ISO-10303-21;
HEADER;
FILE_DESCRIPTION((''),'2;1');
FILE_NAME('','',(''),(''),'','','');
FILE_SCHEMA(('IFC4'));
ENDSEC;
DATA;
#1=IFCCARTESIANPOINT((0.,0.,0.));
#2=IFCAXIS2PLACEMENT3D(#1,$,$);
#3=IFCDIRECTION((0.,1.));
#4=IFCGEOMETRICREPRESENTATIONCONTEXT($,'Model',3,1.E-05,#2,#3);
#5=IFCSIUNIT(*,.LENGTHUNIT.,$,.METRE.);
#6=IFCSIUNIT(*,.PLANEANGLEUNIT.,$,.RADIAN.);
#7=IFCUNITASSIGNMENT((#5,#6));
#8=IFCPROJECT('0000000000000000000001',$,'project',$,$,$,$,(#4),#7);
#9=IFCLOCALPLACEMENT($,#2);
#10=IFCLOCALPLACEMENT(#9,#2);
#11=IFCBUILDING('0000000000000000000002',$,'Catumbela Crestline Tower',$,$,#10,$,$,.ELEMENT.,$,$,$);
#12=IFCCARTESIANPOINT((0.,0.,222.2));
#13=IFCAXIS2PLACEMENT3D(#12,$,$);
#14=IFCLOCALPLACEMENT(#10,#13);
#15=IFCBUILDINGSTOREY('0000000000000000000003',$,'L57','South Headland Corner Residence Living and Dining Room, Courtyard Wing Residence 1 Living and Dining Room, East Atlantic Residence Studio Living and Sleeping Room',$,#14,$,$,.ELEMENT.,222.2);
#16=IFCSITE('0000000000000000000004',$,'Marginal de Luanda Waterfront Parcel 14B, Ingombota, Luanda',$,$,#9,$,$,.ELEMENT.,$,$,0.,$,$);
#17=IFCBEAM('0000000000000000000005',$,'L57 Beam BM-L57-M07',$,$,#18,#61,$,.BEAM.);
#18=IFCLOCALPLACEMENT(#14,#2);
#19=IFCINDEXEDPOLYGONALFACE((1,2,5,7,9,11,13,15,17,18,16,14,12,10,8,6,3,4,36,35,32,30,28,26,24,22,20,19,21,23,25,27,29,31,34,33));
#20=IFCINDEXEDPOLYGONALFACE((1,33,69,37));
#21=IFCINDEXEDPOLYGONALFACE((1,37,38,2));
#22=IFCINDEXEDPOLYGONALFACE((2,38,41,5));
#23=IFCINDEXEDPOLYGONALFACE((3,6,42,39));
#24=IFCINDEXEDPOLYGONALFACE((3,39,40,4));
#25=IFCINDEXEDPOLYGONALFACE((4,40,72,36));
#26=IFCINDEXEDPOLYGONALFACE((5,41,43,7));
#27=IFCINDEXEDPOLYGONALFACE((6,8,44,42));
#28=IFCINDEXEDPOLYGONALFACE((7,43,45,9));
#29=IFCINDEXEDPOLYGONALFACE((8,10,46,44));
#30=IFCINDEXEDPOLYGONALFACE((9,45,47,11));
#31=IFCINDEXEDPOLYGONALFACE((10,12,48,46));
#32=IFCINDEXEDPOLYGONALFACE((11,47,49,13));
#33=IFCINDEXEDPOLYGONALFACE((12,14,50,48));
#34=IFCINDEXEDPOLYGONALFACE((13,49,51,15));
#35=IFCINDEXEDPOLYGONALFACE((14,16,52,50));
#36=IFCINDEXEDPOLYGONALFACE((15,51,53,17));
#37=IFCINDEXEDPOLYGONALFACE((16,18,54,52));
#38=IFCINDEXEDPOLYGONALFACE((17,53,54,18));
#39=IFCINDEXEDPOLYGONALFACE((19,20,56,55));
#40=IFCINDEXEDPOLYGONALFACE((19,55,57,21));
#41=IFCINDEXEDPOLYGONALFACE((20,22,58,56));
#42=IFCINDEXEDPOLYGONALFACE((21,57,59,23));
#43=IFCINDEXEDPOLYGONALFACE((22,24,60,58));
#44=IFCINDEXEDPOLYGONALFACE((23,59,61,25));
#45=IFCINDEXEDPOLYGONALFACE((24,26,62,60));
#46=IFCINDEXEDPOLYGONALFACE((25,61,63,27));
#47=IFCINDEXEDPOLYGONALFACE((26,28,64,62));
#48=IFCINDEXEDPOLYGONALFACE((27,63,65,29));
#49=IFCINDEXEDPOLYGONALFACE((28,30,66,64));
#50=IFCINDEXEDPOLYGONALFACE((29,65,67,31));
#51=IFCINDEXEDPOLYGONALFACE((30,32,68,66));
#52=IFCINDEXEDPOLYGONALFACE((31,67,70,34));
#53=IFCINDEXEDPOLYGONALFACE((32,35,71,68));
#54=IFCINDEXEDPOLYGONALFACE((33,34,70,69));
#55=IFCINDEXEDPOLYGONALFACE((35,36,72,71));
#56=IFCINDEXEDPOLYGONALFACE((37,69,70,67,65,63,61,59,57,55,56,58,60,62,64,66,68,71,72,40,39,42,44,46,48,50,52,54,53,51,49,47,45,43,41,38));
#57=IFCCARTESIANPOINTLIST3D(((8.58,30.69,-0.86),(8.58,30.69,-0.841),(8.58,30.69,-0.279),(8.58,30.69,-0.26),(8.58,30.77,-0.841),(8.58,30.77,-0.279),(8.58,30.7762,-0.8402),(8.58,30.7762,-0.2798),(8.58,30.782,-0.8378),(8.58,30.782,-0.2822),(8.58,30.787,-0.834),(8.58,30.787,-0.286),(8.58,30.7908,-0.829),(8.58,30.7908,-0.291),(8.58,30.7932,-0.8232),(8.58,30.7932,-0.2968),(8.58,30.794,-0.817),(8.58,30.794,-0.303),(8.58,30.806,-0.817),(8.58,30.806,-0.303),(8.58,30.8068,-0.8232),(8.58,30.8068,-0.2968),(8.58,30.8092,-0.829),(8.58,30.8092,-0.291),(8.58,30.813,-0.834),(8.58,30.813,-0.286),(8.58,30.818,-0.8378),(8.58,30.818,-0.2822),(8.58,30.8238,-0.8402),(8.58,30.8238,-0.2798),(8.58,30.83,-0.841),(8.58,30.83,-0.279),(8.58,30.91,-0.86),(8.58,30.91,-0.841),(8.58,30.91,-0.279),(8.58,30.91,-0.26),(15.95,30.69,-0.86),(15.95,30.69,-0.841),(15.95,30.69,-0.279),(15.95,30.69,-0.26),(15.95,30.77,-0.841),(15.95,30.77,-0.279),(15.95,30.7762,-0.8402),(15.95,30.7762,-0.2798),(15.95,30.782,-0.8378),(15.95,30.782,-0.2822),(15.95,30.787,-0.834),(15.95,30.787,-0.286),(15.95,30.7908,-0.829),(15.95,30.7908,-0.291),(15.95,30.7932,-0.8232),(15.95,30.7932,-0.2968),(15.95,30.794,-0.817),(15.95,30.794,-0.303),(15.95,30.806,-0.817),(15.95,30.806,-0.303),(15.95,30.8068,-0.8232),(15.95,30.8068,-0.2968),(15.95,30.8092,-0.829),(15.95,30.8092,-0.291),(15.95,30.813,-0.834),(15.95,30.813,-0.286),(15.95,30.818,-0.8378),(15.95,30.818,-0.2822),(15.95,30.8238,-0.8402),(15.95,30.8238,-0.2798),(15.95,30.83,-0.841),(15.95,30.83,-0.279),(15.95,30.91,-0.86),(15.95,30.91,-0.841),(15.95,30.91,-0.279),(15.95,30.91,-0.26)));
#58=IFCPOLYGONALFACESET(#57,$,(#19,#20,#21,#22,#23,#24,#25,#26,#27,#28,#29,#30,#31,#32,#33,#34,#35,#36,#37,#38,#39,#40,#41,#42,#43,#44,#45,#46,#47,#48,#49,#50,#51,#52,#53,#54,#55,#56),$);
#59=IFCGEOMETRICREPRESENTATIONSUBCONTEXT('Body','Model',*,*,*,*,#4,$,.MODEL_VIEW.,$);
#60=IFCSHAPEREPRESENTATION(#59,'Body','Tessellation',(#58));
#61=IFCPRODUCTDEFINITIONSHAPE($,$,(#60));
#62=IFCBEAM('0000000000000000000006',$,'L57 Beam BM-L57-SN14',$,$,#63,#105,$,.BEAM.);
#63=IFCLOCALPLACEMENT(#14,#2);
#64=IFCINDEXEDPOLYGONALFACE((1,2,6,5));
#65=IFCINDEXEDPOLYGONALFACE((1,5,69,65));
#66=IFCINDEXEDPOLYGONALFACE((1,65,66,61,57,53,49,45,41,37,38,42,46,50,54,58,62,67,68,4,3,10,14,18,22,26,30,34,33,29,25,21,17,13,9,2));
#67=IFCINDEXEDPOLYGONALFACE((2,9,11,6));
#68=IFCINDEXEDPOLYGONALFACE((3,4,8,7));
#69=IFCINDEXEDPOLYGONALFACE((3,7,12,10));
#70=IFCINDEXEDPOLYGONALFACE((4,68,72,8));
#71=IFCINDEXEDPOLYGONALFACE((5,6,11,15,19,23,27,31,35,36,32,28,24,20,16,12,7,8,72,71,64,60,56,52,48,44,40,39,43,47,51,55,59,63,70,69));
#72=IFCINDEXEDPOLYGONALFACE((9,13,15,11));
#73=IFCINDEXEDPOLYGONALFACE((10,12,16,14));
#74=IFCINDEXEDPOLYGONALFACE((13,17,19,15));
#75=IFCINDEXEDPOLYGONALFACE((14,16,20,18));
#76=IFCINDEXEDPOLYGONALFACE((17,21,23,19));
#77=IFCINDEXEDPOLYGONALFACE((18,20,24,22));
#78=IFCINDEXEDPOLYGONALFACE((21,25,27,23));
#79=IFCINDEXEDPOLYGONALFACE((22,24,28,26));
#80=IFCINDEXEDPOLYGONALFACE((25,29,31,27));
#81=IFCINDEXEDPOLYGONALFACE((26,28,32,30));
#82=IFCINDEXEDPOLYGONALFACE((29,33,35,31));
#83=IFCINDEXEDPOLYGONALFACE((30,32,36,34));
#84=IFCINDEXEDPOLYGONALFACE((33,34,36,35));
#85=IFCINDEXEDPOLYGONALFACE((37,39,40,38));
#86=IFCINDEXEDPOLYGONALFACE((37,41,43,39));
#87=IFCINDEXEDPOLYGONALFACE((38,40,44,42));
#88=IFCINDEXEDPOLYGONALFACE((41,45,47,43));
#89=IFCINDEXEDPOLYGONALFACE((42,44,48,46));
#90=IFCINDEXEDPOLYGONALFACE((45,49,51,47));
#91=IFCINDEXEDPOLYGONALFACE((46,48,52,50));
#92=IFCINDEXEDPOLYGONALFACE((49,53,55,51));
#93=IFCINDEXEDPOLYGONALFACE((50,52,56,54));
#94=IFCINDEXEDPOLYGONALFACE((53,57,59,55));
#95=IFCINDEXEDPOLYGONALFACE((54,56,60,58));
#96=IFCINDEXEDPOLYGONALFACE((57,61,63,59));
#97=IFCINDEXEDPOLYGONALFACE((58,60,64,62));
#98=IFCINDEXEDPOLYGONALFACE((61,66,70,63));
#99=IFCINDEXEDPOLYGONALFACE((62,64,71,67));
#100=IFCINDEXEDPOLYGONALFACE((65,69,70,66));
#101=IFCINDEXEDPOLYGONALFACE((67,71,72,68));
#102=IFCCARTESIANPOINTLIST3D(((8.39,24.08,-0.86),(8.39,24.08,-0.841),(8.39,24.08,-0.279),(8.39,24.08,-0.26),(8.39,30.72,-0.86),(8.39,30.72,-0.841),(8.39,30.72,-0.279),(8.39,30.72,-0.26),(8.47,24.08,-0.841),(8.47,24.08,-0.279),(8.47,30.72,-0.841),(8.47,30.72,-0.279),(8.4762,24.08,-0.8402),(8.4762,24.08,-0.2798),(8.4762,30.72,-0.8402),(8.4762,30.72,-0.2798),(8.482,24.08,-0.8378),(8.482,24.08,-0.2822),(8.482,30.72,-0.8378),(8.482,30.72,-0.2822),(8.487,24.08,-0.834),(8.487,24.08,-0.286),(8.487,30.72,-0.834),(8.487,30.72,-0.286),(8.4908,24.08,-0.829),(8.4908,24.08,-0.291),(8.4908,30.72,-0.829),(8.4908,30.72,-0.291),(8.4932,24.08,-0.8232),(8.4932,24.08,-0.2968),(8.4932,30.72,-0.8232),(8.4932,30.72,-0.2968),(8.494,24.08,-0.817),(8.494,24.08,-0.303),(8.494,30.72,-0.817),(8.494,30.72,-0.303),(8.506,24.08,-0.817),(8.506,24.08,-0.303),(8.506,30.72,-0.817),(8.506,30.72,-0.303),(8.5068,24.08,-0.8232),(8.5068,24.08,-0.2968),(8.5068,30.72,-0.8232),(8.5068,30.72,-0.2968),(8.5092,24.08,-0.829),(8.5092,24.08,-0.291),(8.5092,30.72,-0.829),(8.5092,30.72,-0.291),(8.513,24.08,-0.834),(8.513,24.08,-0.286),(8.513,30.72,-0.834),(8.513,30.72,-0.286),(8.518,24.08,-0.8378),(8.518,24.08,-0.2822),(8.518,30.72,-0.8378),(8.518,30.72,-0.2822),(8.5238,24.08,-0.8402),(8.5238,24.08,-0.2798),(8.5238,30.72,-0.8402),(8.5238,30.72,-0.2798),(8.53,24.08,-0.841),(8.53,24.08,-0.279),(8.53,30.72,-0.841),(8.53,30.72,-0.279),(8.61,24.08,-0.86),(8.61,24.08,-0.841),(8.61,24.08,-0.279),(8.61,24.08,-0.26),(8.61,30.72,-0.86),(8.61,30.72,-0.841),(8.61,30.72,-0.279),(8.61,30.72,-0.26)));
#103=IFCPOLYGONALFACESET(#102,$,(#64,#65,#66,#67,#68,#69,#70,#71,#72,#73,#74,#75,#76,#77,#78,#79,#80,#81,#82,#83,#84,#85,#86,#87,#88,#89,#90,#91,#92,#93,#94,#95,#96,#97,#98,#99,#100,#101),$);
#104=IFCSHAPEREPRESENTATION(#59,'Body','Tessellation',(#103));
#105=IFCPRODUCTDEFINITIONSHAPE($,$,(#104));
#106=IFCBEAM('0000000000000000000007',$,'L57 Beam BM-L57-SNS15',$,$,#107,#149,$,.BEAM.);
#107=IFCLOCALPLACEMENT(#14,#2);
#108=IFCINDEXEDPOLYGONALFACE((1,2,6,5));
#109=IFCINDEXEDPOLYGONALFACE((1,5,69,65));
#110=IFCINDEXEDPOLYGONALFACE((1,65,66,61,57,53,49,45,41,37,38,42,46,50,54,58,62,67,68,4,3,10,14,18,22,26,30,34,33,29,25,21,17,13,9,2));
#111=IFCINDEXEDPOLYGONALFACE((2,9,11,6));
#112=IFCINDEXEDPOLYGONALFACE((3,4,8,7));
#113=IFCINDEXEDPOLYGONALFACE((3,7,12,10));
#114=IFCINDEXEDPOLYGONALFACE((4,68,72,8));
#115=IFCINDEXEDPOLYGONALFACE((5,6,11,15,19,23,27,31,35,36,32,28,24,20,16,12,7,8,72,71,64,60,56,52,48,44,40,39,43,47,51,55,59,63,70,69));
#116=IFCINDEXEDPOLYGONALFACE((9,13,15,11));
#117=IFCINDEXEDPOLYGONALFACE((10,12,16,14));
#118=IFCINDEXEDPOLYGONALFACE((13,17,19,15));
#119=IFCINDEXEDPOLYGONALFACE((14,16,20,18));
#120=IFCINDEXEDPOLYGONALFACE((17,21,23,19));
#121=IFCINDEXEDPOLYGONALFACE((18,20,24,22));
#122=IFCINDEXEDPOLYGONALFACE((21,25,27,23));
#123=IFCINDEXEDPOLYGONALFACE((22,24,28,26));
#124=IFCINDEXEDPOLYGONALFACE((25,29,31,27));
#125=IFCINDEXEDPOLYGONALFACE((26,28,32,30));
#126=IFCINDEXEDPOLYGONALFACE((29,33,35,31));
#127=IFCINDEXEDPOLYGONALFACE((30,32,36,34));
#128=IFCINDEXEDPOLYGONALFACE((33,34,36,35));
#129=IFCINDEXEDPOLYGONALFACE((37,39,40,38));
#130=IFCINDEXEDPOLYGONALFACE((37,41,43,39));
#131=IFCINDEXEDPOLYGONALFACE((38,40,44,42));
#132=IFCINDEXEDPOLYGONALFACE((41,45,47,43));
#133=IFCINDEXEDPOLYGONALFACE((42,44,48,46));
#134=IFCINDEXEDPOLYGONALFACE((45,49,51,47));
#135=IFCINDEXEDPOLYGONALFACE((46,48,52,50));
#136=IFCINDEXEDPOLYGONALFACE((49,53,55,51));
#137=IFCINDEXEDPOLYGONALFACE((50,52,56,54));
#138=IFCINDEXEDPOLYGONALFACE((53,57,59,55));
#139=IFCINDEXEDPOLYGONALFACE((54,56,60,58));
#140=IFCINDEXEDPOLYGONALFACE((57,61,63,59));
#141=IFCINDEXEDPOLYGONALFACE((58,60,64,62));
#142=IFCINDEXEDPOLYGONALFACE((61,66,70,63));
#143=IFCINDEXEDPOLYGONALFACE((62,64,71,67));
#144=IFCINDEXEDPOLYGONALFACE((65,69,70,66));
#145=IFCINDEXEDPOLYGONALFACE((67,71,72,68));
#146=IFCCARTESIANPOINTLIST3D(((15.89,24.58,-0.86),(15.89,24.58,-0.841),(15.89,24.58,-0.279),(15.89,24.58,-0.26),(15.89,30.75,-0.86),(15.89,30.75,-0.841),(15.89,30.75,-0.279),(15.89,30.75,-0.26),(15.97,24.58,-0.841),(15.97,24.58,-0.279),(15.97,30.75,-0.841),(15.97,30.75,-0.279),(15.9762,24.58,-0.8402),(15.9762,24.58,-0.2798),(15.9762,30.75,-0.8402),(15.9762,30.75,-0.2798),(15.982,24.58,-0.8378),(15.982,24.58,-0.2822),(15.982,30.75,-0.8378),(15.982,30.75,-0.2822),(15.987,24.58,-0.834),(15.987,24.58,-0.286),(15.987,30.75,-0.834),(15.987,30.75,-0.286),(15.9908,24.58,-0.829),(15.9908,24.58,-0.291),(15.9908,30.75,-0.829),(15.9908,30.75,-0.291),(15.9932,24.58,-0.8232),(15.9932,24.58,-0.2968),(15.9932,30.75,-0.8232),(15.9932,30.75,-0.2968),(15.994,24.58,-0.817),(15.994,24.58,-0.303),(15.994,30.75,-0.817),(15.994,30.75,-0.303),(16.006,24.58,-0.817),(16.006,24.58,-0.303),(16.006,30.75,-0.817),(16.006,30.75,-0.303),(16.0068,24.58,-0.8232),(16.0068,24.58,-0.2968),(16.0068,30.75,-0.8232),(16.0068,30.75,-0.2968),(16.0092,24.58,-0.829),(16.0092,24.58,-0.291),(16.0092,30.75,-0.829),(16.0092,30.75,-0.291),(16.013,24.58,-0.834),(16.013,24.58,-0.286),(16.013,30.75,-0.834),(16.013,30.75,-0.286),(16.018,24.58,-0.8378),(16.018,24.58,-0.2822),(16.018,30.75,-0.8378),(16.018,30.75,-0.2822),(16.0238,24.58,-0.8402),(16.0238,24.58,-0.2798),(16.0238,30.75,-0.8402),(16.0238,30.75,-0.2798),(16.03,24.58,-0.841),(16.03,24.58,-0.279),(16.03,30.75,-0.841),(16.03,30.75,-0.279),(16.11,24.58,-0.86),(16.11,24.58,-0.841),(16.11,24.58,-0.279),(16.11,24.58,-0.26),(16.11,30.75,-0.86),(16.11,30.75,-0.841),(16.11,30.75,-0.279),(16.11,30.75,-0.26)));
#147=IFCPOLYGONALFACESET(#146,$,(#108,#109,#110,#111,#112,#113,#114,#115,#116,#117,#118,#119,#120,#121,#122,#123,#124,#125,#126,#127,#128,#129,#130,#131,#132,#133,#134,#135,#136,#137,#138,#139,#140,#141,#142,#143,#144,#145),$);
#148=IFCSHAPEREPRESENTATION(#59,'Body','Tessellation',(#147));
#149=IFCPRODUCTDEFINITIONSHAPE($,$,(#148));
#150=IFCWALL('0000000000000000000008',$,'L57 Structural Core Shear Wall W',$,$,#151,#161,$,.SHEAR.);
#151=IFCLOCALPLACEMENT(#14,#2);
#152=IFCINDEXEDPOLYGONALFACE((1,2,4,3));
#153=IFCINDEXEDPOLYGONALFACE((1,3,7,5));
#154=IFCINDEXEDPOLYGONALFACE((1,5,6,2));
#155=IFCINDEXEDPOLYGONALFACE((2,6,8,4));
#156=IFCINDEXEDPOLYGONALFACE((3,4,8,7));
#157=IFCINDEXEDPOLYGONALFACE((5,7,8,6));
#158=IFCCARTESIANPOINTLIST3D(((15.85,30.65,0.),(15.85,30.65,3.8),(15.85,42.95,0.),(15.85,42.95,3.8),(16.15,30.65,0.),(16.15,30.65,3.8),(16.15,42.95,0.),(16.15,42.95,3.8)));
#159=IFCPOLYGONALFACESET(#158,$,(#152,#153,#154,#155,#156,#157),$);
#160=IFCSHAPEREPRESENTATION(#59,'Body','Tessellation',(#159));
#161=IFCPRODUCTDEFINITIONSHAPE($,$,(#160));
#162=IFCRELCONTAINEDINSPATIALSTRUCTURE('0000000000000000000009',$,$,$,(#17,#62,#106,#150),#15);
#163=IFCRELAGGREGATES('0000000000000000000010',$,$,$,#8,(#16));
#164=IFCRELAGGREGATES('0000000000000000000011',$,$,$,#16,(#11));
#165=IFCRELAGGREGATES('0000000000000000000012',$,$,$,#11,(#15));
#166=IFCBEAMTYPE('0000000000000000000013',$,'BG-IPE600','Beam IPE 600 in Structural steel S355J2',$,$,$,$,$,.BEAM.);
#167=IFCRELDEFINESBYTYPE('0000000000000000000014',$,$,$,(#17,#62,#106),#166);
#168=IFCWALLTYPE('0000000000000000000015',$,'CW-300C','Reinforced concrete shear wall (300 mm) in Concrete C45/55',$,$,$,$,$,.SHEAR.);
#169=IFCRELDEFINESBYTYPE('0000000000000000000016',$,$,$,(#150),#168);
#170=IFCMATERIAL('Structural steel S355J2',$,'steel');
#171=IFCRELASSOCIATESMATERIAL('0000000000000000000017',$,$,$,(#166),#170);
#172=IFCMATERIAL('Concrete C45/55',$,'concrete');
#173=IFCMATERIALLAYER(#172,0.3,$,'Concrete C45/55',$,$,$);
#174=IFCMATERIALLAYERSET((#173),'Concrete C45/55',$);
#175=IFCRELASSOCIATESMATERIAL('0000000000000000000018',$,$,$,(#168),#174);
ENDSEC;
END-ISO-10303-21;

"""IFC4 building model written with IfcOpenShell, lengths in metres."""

from ifc_helpers import new_model, si_unit, direction, frame, frame_2d, origin, origin_2d, place, context, subcontext, project, spatial, rectangle, i_section, extrude, material, layer, layer_set, material_profile, profile_set, type_object, element, save


model = new_model("IFC4")

# Units and contexts
model_context = context("Model", 3, precision=1e-05, world=origin(), true_north=direction((0.0, 1.0)))
body_context = subcontext(model_context, "Body", "Model", "MODEL_VIEW")
ifc_project = project(units=[si_unit("LENGTHUNIT", "METRE"), si_unit("PLANEANGLEUNIT", "RADIAN")], contexts=[model_context])

# Site, building, storey
site_placement = place(None, origin())
site = spatial("IfcSite", under=ifc_project, at=site_placement, Name="Marginal de Luanda Waterfront Parcel 14B, Ingombota, Luanda", CompositionType="ELEMENT", RefElevation=0.0)
building_placement = place(site_placement, origin())
building = spatial("IfcBuilding", under=site, at=building_placement, Name="Catumbela Crestline Tower", CompositionType="ELEMENT")
storey_placement = place(building_placement, frame((0.0, 0.0, 222.2)))
storey = spatial("IfcBuildingStorey", under=building, at=storey_placement, Name="L57", Description="South Headland Corner Residence Living and Dining Room, Courtyard Wing Residence 1 Living and Dining Room, East Atlantic Residence Studio Living and Sleeping Room", CompositionType="ELEMENT", Elevation=222.2)

# Shared definitions
ifc_material_1 = material(Name="Concrete C45/55", Category="concrete")
ifc_material_2 = material(Name="Structural steel S355J2", Category="steel")

# Beams
ifc_material_profile_1 = material_profile(ifc_material_2, i_section(OverallWidth=0.22, OverallDepth=0.6, WebThickness=0.012, FlangeThickness=0.019, FilletRadius=0.024, at=origin_2d()), Name="IPE 600")
ifc_profile_set_1 = profile_set([ifc_material_profile_1], Name="Structural steel S355J2")
beam_type = type_object("IfcBeamType", Name="BG-IPE600", Description="Beam IPE 600 in Structural steel S355J2", PredefinedType="BEAM", material=ifc_profile_set_1)
beam_1_placement = place(storey_placement, frame((8.58, 30.8, -0.56), z_axis=(1.0, 0.0, 0.0), x_axis=(0.0, 1.0, 0.0)))
element("IfcBeam", 1, at=beam_1_placement, inside=storey, type_object=beam_type, Name="L57 Beam BM-L57-M07", PredefinedType="BEAM", context=body_context, shape_type="SweptSolid", body=[
    extrude(i_section(OverallWidth=0.22, OverallDepth=0.6, WebThickness=0.012, FlangeThickness=0.019, FilletRadius=0.024, at=origin_2d()), origin(), (0.0, 0.0, 1.0), 7.37),
])
beam_2_placement = place(storey_placement, frame((8.5, 24.08, -0.56), z_axis=(0.0, 1.0, 0.0), x_axis=(-1.0, 0.0, 0.0)))
element("IfcBeam", 2, at=beam_2_placement, inside=storey, type_object=beam_type, Name="L57 Beam BM-L57-SN14", PredefinedType="BEAM", context=body_context, shape_type="SweptSolid", body=[
    extrude(i_section(OverallWidth=0.22, OverallDepth=0.6, WebThickness=0.012, FlangeThickness=0.019, FilletRadius=0.024, at=origin_2d()), origin(), (0.0, 0.0, 1.0), 6.64),
])
beam_3_placement = place(storey_placement, frame((16.0, 24.58, -0.56), z_axis=(0.0, 1.0, 0.0), x_axis=(-1.0, 0.0, 0.0)))
element("IfcBeam", 3, at=beam_3_placement, inside=storey, type_object=beam_type, Name="L57 Beam BM-L57-SNS15", PredefinedType="BEAM", context=body_context, shape_type="SweptSolid", body=[
    extrude(i_section(OverallWidth=0.22, OverallDepth=0.6, WebThickness=0.012, FlangeThickness=0.019, FilletRadius=0.024, at=origin_2d()), origin(), (0.0, 0.0, 1.0), 6.17),
])

# Wall
ifc_layer_1 = layer(ifc_material_1, 0.3, Name="Concrete C45/55")
ifc_layer_set_1 = layer_set([ifc_layer_1], Name="Concrete C45/55")
wall_type_1 = type_object("IfcWallType", Name="CW-300C", Description="Reinforced concrete shear wall (300 mm) in Concrete C45/55", PredefinedType="SHEAR", material=ifc_layer_set_1)
wall_1_placement = place(storey_placement, frame((16.0, 30.65, 0.0), z_axis=(0.0, 0.0, 1.0), x_axis=(0.0, 1.0, 0.0)))
element("IfcWall", 4, at=wall_1_placement, inside=storey, type_object=wall_type_1, Name="L57 Structural Core Shear Wall W", PredefinedType="SHEAR", context=body_context, shape_type="SweptSolid", body=[
    extrude(rectangle(XDim=12.3, YDim=0.3, at=frame_2d((6.15, 0.0))), origin(), (0.0, 0.0, 1.0), 3.8),
])

save(model, "model.ifc")
